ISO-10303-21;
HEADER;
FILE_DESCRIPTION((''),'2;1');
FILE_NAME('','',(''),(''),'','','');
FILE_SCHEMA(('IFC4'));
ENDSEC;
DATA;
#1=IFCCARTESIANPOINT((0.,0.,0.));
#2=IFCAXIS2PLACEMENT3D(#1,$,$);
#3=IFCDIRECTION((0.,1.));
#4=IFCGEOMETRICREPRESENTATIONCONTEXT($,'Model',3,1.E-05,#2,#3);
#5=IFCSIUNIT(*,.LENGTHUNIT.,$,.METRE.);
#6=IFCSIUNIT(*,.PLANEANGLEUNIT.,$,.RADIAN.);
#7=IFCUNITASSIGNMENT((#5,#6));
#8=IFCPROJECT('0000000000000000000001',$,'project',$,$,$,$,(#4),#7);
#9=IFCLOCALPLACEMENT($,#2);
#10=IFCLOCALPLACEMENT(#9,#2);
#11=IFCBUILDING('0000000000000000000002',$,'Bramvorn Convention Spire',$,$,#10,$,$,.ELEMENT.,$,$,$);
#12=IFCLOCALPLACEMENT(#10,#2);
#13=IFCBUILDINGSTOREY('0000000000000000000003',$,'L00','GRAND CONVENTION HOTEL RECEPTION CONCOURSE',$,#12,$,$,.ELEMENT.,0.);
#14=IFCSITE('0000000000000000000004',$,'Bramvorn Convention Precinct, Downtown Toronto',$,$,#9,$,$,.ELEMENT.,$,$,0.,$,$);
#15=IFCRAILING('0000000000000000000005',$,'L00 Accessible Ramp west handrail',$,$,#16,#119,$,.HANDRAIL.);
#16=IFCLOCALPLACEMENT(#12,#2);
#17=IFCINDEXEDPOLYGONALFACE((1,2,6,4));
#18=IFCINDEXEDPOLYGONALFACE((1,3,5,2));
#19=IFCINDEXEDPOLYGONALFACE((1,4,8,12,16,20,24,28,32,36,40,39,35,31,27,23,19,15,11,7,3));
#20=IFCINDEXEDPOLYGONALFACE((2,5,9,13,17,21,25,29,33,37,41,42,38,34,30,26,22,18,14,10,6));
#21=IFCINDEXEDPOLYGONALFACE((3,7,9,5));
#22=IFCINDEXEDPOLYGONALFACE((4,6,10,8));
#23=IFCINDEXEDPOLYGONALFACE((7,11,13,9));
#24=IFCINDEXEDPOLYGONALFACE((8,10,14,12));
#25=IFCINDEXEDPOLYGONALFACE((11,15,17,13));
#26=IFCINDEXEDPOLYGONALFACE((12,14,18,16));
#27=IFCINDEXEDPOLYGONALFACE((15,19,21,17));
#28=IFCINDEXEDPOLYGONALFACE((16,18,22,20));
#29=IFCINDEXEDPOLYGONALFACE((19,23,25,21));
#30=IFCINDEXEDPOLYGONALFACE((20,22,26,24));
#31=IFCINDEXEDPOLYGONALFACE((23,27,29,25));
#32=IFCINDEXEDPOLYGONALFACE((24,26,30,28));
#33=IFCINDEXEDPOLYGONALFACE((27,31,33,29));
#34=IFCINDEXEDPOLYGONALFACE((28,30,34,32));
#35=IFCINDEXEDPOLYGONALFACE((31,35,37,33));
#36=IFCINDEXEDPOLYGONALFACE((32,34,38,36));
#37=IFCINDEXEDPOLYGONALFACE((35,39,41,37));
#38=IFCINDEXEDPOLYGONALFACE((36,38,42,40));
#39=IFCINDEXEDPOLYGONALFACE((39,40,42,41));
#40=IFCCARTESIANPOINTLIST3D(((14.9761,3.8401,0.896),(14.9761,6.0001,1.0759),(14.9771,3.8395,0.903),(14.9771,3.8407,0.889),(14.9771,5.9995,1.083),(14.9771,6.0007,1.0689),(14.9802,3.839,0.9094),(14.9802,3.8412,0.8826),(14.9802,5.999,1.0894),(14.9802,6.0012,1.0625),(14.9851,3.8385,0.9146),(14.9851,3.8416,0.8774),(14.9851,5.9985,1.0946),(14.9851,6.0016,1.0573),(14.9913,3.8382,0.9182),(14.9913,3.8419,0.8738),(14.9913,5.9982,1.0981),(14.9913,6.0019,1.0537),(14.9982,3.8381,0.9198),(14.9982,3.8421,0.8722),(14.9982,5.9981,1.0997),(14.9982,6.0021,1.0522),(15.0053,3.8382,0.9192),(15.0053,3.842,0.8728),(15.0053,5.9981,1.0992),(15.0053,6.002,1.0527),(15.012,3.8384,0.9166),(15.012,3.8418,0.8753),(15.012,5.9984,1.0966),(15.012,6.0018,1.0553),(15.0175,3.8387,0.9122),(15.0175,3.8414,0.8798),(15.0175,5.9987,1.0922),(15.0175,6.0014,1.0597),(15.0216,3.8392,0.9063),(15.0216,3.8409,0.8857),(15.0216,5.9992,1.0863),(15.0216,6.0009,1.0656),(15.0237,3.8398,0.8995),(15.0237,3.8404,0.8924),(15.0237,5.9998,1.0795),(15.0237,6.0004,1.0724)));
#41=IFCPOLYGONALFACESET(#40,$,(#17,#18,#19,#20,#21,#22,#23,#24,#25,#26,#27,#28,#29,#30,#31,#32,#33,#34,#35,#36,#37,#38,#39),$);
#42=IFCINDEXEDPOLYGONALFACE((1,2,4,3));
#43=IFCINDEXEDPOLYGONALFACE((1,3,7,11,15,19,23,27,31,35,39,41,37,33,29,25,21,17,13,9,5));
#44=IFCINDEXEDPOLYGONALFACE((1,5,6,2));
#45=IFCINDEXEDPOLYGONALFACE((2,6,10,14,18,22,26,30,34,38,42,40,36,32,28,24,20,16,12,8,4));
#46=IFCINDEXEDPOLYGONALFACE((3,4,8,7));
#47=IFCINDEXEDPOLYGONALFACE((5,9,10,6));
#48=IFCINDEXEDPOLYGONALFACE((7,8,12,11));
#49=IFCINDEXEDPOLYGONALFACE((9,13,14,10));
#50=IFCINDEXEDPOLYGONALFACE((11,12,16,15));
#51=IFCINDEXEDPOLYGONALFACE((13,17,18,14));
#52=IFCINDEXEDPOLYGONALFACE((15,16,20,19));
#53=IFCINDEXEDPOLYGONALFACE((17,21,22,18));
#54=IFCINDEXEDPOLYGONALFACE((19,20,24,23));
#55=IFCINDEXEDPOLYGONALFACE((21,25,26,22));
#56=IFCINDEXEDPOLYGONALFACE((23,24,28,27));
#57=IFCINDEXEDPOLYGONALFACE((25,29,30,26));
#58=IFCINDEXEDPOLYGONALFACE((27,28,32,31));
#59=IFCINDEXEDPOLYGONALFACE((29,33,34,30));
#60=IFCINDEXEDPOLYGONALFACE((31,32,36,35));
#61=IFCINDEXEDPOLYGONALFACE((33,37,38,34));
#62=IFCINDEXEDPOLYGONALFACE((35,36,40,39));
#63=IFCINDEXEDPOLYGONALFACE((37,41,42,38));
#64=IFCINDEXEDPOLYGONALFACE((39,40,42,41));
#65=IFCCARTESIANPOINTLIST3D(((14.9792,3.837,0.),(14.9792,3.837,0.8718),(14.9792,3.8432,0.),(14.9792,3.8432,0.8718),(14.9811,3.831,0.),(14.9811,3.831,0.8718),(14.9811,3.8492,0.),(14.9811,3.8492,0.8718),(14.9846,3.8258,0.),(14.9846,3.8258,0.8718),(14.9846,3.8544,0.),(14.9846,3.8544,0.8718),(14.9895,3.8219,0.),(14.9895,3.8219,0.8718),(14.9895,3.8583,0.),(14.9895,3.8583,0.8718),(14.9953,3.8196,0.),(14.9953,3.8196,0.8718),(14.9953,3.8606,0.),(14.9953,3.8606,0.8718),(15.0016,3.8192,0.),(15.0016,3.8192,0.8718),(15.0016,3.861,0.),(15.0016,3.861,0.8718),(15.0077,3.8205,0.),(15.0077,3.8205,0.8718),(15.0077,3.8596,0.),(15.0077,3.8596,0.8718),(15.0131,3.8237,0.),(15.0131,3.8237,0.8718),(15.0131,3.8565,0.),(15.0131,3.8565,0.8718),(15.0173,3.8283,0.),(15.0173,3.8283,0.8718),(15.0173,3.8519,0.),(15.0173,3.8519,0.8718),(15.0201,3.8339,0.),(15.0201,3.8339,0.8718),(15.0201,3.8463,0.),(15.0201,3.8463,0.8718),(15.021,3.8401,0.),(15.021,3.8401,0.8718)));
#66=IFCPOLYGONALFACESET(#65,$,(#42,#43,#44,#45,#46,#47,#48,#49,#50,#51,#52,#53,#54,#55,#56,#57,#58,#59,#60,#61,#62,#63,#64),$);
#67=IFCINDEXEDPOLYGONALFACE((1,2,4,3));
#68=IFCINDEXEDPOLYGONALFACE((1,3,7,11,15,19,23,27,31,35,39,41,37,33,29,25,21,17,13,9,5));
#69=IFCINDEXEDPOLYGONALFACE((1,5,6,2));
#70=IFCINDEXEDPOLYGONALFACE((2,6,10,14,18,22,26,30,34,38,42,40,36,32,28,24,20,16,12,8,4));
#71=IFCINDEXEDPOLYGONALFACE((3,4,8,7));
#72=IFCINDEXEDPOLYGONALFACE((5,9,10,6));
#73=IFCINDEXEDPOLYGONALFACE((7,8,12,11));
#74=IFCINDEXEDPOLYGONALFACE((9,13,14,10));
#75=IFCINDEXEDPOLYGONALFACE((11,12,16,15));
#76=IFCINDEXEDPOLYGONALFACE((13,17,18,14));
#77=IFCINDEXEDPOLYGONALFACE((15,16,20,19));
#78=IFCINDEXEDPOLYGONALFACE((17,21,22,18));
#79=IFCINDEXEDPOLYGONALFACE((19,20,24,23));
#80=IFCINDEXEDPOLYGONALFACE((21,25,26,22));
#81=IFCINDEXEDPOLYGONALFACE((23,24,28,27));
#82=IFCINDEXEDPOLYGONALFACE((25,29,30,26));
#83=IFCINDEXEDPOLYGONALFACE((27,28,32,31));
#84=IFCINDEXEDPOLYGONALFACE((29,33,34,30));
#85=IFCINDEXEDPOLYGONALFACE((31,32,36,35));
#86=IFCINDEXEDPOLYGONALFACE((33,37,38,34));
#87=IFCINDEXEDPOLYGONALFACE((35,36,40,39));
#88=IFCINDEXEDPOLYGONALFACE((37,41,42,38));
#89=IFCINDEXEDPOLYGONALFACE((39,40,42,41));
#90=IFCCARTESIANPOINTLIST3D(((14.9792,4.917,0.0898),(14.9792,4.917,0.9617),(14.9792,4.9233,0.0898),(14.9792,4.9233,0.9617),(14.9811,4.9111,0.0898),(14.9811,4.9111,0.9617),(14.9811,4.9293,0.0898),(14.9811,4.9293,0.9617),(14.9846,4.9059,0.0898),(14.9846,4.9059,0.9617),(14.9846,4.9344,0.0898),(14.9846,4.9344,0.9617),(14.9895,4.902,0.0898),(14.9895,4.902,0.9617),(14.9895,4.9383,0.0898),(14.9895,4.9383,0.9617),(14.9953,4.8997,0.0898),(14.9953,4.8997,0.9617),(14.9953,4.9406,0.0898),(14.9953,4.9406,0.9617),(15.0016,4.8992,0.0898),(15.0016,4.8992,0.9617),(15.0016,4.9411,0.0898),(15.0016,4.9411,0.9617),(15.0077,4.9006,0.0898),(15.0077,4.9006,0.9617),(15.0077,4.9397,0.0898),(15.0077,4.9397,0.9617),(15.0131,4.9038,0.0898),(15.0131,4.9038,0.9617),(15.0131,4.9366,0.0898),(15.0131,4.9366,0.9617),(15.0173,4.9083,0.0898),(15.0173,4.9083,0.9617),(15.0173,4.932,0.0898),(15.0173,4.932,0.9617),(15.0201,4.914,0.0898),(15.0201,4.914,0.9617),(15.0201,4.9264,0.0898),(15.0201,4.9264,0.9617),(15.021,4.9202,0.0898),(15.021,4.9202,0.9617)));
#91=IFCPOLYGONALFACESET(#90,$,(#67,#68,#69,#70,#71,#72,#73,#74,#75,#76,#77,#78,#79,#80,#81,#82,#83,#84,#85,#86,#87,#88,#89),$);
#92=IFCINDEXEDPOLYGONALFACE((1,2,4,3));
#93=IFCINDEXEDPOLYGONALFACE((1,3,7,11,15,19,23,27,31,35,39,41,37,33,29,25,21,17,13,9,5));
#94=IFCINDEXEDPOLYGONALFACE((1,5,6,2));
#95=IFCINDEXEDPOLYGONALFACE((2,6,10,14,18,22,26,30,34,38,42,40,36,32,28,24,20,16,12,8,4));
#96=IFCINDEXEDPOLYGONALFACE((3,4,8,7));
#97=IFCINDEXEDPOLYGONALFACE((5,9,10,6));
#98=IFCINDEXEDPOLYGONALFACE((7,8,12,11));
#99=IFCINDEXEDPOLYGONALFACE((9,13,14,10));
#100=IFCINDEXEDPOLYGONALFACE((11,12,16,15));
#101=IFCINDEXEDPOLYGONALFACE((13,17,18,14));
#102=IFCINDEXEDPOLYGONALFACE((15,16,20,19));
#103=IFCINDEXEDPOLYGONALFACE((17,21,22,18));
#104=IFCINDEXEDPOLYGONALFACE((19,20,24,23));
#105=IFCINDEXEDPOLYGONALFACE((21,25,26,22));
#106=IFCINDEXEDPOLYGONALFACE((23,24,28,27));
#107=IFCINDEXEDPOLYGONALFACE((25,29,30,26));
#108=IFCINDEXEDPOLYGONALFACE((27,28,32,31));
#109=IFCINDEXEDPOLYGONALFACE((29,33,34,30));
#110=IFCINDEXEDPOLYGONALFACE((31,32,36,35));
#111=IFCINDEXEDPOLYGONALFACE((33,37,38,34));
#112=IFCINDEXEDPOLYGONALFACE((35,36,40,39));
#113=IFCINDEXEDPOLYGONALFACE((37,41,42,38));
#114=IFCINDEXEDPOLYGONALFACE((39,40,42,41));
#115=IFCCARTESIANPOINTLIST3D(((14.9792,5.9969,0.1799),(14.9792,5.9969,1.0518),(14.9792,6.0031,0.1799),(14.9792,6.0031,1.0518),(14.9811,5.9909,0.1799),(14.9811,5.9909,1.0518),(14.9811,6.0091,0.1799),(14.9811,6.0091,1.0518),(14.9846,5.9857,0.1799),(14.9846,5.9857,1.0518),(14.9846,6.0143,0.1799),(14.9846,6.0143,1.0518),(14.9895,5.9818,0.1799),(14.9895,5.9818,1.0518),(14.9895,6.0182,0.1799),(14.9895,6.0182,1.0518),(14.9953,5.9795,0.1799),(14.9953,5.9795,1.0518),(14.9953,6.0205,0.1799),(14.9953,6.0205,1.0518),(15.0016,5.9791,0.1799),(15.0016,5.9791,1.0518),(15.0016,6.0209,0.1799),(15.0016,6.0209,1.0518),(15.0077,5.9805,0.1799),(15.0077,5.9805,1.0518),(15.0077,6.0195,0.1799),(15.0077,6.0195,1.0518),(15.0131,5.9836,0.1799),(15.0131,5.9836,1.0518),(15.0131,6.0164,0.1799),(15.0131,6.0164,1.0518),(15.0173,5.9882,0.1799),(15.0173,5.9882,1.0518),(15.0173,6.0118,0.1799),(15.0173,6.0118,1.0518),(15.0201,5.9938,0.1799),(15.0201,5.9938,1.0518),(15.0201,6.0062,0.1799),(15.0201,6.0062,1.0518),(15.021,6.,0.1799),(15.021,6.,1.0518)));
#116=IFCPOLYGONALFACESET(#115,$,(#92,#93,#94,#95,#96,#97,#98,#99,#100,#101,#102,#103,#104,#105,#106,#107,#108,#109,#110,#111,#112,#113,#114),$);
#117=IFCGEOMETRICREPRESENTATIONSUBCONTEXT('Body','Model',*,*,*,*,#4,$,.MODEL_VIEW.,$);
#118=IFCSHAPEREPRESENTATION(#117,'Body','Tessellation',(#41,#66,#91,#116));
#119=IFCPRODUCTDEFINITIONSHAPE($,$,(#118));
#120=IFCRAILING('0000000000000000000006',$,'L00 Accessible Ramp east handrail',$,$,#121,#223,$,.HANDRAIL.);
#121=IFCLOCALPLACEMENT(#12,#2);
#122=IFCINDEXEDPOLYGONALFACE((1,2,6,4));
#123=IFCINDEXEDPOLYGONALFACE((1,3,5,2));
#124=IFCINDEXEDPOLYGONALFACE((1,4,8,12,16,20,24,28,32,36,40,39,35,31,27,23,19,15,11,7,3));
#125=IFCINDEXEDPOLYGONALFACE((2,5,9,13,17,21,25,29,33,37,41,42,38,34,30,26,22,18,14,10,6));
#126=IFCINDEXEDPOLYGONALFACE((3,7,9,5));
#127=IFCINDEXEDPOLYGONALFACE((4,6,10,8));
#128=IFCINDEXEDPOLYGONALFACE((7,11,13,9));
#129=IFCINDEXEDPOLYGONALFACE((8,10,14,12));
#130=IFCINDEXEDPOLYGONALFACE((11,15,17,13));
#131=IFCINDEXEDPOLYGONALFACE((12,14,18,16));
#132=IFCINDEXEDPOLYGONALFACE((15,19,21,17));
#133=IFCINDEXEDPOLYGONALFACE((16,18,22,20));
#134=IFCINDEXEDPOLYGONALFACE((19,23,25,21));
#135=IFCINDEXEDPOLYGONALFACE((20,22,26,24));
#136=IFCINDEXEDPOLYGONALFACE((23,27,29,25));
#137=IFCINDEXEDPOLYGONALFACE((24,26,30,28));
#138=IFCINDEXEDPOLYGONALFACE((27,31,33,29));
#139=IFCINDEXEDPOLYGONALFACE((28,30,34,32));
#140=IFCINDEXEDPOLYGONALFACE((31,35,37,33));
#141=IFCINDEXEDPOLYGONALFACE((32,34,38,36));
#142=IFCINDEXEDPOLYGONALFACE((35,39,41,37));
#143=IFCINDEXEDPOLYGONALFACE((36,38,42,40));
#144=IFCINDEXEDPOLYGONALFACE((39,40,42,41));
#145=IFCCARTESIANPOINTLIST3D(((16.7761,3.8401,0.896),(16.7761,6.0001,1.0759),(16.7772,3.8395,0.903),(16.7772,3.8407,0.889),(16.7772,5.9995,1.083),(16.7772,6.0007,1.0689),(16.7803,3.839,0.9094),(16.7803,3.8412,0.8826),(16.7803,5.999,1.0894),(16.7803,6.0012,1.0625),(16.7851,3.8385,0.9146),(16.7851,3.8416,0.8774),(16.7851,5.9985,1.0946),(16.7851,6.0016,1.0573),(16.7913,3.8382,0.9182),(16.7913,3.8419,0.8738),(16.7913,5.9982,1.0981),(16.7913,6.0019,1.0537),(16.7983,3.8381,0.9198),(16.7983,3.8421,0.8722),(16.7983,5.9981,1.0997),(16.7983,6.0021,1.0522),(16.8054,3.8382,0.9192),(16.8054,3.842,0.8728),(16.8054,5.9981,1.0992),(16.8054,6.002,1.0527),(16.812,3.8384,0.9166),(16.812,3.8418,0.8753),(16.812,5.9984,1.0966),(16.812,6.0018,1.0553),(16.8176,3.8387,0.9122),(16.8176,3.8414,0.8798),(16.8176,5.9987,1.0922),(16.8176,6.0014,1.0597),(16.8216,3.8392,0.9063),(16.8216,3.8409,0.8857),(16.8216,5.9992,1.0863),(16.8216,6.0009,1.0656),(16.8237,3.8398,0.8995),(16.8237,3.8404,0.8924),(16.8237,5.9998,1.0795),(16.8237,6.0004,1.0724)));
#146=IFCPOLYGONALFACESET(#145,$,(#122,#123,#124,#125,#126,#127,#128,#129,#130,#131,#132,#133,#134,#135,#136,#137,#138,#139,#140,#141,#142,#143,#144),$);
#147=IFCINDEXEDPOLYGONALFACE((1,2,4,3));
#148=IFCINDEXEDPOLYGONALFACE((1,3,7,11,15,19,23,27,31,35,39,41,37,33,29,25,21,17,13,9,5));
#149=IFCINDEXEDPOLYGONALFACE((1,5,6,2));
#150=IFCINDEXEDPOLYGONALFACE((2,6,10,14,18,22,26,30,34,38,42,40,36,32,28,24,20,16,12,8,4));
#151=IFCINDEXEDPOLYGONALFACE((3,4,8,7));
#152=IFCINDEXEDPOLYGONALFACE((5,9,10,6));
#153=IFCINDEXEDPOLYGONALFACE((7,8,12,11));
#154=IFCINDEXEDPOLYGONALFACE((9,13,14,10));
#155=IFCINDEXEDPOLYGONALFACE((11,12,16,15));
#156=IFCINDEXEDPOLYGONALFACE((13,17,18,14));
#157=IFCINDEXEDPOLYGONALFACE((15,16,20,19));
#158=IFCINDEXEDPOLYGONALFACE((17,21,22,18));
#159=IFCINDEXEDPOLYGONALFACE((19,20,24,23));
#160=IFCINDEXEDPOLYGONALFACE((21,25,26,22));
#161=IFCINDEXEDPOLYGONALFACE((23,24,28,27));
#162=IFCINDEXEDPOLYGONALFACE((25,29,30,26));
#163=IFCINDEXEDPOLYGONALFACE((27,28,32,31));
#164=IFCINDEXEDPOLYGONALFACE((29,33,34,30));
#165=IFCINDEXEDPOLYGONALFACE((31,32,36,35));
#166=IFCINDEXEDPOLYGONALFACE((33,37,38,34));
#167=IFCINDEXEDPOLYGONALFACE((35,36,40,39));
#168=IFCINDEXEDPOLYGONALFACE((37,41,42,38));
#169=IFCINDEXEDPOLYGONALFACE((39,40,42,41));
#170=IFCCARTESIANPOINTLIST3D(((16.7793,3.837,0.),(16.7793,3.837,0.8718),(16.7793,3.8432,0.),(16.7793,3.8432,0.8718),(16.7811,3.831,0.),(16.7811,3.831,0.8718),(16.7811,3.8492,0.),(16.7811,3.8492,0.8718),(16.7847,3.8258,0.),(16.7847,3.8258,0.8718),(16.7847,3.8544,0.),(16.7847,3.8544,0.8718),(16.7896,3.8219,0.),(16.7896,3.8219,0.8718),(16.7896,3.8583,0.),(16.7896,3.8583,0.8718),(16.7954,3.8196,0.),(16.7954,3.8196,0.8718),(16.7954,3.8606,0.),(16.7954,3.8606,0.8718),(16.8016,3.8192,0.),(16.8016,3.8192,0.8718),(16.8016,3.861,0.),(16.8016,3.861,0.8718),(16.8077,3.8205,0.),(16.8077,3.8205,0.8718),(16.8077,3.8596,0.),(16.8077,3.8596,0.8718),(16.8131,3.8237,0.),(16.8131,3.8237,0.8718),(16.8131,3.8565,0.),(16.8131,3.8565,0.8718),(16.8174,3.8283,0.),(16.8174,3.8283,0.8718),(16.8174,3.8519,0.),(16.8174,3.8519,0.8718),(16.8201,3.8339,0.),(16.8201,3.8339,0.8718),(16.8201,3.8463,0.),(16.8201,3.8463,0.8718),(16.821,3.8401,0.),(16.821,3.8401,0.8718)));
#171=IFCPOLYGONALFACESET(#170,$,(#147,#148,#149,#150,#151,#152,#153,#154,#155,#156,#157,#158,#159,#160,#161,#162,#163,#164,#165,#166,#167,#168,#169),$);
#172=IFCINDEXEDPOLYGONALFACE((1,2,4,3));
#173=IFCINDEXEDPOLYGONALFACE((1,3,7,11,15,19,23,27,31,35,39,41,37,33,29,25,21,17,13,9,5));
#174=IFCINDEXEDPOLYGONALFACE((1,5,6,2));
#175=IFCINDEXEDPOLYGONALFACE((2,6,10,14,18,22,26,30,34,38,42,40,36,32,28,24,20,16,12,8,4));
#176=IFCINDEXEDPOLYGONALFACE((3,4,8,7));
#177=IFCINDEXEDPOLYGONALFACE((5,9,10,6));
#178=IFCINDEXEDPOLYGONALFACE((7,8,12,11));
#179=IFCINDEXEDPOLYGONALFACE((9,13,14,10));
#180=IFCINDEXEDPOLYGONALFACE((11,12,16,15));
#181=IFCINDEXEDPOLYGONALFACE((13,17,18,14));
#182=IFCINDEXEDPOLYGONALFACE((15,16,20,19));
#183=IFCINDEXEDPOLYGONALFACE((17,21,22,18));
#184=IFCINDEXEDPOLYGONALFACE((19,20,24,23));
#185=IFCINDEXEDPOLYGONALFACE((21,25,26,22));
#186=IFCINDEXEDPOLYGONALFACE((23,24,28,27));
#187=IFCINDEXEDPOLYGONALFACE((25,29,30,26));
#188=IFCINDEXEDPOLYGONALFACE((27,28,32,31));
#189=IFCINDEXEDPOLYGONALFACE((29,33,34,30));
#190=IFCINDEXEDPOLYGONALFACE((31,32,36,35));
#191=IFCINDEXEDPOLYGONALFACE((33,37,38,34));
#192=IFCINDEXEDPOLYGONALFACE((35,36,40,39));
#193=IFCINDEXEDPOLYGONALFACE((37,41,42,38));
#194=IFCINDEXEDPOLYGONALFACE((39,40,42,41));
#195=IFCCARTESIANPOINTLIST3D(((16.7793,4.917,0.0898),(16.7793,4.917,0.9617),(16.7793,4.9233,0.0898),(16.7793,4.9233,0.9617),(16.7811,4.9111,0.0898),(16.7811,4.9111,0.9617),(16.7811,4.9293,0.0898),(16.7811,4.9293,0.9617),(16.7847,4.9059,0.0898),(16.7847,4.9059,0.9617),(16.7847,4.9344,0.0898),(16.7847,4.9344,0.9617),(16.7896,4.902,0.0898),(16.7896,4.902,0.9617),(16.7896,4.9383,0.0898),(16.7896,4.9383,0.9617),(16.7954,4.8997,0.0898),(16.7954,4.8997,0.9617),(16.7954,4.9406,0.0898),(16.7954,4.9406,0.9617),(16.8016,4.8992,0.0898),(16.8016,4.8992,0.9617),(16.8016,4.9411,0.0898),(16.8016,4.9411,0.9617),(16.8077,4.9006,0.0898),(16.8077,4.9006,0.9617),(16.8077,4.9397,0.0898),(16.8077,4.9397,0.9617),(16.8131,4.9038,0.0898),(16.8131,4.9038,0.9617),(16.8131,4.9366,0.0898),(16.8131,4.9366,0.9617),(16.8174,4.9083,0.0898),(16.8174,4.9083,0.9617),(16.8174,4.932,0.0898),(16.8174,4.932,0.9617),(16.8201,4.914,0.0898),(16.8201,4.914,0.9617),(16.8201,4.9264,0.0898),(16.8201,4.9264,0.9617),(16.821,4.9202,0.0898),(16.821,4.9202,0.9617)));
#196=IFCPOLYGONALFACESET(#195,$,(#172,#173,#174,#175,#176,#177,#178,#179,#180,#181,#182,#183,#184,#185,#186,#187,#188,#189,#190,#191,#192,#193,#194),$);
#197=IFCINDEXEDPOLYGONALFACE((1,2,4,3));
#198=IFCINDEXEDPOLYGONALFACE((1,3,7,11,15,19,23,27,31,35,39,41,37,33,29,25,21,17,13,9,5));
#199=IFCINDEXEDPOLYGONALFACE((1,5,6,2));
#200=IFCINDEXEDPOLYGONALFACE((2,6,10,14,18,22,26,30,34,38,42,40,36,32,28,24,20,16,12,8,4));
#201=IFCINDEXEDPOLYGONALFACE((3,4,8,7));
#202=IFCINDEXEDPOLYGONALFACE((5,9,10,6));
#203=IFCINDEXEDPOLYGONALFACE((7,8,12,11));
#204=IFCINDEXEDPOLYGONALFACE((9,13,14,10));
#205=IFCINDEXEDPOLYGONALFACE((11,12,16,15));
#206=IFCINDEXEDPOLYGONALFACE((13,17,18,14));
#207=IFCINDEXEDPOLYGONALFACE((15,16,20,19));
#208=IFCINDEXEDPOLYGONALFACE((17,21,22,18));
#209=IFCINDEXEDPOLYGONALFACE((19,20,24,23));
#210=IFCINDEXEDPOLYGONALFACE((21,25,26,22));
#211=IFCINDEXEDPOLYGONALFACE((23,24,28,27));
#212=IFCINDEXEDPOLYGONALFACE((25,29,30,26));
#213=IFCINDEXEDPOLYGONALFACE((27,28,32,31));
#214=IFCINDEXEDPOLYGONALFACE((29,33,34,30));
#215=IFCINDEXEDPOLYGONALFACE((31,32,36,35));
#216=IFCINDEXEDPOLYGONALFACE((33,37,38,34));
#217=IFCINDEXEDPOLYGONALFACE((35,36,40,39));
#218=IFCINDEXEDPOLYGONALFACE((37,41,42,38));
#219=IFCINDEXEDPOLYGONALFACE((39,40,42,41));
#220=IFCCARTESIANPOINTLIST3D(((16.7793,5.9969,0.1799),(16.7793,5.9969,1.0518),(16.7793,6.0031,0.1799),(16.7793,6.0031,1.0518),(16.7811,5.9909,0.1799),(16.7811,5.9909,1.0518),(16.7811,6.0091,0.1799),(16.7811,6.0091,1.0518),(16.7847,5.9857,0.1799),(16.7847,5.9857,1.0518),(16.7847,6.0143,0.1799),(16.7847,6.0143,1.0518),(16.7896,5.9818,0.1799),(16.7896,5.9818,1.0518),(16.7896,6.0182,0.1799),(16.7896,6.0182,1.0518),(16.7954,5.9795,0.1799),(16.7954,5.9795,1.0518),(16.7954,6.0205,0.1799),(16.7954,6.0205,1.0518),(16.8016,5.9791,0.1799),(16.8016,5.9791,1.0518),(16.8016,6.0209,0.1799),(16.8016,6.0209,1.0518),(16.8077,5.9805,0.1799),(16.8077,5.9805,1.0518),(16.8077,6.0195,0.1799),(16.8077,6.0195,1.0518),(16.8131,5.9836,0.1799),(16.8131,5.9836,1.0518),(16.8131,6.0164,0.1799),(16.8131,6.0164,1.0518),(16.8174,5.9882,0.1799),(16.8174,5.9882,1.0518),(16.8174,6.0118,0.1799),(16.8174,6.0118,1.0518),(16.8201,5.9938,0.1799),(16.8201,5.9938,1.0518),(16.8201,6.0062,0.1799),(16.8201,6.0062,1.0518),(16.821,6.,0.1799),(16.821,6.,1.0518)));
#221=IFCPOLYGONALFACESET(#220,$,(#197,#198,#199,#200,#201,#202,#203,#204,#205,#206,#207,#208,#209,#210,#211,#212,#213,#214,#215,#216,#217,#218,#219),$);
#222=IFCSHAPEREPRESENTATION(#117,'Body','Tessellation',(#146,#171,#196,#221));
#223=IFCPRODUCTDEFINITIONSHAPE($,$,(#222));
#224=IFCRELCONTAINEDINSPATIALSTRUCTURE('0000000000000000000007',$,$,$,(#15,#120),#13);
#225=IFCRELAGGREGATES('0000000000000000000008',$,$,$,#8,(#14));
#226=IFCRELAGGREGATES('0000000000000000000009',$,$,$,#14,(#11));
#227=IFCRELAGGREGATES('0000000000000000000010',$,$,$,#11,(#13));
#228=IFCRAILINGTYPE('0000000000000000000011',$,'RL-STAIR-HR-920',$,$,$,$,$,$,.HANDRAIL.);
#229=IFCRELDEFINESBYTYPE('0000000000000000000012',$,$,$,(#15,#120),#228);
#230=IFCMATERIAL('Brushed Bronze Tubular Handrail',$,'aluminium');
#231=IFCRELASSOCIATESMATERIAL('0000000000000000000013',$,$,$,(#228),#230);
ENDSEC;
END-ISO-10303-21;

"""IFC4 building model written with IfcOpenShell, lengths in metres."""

from ifc_helpers import new_model, si_unit, direction, frame, origin, origin_2d, place, context, subcontext, project, spatial, circle, extrude, material, type_object, element, save


model = new_model("IFC4")

# Units and contexts
model_context = context("Model", 3, precision=1e-05, world=origin(), true_north=direction((0.0, 1.0)))
body_context = subcontext(model_context, "Body", "Model", "MODEL_VIEW")
ifc_project = project(units=[si_unit("LENGTHUNIT", "METRE"), si_unit("PLANEANGLEUNIT", "RADIAN")], contexts=[model_context])

# Site, building, storey
site_placement = place(None, origin())
site = spatial("IfcSite", under=ifc_project, at=site_placement, Name="Bramvorn Convention Precinct, Downtown Toronto", CompositionType="ELEMENT", RefElevation=0.0)
building_placement = place(site_placement, origin())
building = spatial("IfcBuilding", under=site, at=building_placement, Name="Bramvorn Convention Spire", CompositionType="ELEMENT")
storey_placement = place(building_placement, origin())
storey = spatial("IfcBuildingStorey", under=building, at=storey_placement, Name="L00", Description="GRAND CONVENTION HOTEL RECEPTION CONCOURSE", CompositionType="ELEMENT", Elevation=0.0)

# Railings
ifc_material_1 = material(Name="Brushed Bronze Tubular Handrail", Category="aluminium")
railing_type_1 = type_object("IfcRailingType", Name="RL-STAIR-HR-920", PredefinedType="HANDRAIL", material=ifc_material_1)
for number, where, name in (
    (1, (15.0, 3.8401, 0.0), "L00 Accessible Ramp west handrail"),
    (2, (16.8, 3.8401, 0.0), "L00 Accessible Ramp east handrail"),
):
    element("IfcRailing", number, at=place(storey_placement, frame(where)), inside=storey, type_object=railing_type_1, Name=name, PredefinedType="HANDRAIL", context=body_context, shape_type="SweptSolid", body=[
        extrude(circle(Radius=0.0239, at=origin_2d()), frame((0.0, 0.0, 0.896), z_axis=(0.0, 0.996548, 0.083018), x_axis=(-1.0, 0.0, 0.0)), (0.0, 0.0, 1.0), 2.1675),
        extrude(circle(Radius=0.021, at=origin_2d()), origin(), (0.0, 0.0, 1.0), 0.8718),
        extrude(circle(Radius=0.021, at=origin_2d()), frame((0.0, 1.0801, 0.0898)), (0.0, 0.0, 1.0), 0.8718),
        extrude(circle(Radius=0.021, at=origin_2d()), frame((0.0, 2.1599, 0.1799)), (0.0, 0.0, 1.0), 0.8718),
    ])

save(model, "model.ifc")
